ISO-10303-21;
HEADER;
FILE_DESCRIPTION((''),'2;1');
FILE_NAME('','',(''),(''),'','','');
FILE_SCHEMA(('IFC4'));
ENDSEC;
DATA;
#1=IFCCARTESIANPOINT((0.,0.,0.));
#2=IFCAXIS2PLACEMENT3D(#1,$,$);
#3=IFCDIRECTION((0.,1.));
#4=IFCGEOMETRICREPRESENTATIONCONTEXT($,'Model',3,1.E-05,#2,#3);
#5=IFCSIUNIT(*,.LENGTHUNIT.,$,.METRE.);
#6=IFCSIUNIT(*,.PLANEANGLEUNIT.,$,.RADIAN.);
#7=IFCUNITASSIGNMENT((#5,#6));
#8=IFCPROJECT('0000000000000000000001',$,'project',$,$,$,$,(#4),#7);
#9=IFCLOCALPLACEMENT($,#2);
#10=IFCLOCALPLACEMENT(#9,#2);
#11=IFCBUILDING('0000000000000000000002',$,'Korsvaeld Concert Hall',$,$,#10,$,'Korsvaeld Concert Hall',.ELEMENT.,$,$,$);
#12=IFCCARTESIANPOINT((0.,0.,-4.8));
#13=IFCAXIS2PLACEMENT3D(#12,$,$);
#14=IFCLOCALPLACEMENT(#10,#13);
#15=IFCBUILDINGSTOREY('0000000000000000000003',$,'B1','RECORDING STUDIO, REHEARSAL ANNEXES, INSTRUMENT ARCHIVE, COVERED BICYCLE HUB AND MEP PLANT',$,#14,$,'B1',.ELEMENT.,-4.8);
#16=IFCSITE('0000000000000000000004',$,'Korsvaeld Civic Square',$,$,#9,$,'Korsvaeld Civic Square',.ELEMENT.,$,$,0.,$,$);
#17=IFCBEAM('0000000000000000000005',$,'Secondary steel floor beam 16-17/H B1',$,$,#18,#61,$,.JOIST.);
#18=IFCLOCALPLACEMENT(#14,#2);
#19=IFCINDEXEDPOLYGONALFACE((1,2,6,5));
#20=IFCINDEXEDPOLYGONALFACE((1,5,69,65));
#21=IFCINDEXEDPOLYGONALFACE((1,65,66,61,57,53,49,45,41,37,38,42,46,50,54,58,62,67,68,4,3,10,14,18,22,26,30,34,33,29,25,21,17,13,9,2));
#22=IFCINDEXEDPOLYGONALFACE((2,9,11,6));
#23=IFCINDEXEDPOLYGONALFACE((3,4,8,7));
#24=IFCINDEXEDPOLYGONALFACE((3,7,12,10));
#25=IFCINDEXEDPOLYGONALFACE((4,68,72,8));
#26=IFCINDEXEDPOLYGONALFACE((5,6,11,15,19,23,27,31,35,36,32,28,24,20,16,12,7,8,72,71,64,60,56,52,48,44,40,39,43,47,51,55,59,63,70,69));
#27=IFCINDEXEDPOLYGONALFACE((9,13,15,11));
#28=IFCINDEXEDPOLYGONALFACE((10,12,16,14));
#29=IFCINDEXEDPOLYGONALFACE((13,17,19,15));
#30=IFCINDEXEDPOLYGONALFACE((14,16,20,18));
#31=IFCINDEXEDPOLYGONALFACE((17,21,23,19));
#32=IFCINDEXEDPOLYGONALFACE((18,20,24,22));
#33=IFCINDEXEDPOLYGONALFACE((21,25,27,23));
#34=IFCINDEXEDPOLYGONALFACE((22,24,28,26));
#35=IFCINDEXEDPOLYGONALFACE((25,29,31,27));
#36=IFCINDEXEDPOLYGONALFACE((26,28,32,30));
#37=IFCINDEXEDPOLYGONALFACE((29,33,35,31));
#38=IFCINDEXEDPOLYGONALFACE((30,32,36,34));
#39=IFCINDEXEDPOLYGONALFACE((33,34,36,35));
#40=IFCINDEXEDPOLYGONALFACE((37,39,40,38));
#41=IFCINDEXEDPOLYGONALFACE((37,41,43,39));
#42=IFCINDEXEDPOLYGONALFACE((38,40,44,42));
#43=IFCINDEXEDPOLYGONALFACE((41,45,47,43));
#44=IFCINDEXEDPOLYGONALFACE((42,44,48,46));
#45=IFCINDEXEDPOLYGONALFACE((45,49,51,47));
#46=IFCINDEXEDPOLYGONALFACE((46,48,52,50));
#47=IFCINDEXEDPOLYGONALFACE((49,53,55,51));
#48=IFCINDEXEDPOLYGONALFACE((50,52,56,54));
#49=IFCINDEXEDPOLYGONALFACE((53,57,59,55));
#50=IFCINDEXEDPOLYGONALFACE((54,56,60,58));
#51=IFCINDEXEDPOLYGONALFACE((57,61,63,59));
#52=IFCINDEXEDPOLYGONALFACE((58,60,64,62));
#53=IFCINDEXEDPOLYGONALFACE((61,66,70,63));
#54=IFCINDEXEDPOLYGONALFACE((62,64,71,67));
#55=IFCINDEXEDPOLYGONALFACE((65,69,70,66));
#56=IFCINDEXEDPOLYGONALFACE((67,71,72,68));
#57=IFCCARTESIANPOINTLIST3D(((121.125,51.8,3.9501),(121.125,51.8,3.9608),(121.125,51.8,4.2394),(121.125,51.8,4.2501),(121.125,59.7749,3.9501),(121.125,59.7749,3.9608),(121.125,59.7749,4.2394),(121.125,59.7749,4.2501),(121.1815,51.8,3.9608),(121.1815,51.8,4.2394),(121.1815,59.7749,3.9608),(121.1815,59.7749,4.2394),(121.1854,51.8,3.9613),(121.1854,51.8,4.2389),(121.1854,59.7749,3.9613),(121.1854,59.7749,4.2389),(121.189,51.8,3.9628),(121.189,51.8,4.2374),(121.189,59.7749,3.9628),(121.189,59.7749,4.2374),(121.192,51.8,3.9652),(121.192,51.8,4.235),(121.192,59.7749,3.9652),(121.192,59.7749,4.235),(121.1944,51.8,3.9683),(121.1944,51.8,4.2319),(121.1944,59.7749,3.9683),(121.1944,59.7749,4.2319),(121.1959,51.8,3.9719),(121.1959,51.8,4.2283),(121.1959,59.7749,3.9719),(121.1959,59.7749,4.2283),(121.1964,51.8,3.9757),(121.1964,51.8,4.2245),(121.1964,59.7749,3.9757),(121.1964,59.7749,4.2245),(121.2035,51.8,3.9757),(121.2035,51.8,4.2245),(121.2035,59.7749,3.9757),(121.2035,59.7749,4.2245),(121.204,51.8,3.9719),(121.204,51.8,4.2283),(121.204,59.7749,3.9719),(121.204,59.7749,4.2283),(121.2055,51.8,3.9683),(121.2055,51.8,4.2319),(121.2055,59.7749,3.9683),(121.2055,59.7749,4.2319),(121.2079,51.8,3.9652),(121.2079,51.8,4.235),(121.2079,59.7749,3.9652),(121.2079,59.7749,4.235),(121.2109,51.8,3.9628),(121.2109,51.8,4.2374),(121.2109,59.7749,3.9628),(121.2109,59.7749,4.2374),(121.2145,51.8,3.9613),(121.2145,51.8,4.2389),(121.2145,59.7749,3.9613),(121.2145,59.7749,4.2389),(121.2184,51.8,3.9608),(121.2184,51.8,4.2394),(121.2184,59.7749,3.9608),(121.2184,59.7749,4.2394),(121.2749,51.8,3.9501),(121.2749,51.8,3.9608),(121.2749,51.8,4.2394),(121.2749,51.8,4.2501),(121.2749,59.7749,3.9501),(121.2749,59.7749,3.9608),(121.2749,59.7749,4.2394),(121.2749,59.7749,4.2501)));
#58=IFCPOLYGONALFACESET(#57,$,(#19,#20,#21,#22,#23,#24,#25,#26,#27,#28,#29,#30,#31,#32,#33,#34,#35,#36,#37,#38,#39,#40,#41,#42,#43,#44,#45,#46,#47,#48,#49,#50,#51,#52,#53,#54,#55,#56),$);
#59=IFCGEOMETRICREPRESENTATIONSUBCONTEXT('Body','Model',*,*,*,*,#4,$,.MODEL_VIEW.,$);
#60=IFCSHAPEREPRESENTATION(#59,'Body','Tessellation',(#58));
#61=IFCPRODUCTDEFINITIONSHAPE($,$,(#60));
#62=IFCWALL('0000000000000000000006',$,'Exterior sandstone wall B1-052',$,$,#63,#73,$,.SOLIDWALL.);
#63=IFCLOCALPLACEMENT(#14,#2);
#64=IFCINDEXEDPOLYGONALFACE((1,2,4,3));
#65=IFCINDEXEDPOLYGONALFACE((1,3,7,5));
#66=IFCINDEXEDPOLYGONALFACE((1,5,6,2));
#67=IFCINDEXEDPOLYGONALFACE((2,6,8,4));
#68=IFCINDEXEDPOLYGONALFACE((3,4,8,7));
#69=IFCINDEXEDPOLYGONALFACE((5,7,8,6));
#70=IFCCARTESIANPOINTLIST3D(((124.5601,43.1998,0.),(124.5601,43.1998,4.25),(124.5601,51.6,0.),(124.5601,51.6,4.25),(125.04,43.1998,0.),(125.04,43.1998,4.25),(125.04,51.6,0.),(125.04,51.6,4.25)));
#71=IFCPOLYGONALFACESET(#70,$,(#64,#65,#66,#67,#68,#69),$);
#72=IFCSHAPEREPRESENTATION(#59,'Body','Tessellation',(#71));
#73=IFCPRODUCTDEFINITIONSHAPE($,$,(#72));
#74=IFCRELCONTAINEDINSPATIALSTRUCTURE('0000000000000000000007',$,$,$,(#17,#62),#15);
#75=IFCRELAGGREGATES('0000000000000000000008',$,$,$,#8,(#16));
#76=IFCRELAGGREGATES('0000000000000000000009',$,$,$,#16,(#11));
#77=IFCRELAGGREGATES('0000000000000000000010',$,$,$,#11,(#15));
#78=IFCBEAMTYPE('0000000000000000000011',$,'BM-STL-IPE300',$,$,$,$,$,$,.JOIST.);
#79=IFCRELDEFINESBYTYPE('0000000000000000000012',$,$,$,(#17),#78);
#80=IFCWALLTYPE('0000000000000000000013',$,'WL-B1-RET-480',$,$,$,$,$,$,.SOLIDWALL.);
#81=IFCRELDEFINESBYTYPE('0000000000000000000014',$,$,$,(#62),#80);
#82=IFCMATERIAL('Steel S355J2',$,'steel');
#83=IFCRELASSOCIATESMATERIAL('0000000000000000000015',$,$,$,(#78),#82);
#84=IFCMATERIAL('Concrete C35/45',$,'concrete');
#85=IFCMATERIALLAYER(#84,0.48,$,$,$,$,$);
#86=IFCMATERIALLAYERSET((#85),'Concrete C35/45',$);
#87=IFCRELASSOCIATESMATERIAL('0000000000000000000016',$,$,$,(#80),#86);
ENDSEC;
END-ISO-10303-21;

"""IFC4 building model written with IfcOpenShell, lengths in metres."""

from ifc_helpers import new_model, si_unit, direction, frame, frame_2d, origin, origin_2d, place, context, subcontext, project, spatial, rectangle, i_section, extrude, material, layer, layer_set, material_profile, profile_set, type_object, element, save


model = new_model("IFC4")

# Units and contexts
model_context = context("Model", 3, precision=1e-05, world=origin(), true_north=direction((0.0, 1.0)))
body_context = subcontext(model_context, "Body", "Model", "MODEL_VIEW")
ifc_project = project(units=[si_unit("LENGTHUNIT", "METRE"), si_unit("PLANEANGLEUNIT", "RADIAN")], contexts=[model_context])

# Site, building, storey
site_placement = place(None, origin())
site = spatial("IfcSite", under=ifc_project, at=site_placement, Name="Korsvaeld Civic Square", LongName="Korsvaeld Civic Square", CompositionType="ELEMENT", RefElevation=0.0)
building_placement = place(site_placement, origin())
building = spatial("IfcBuilding", under=site, at=building_placement, Name="Korsvaeld Concert Hall", LongName="Korsvaeld Concert Hall", CompositionType="ELEMENT")
storey_placement = place(building_placement, frame((0.0, 0.0, -4.8)))
storey = spatial("IfcBuildingStorey", under=building, at=storey_placement, Name="B1", Description="RECORDING STUDIO, REHEARSAL ANNEXES, INSTRUMENT ARCHIVE, COVERED BICYCLE HUB AND MEP PLANT", LongName="B1", CompositionType="ELEMENT", Elevation=-4.8)

# Shared definitions
ifc_material_1 = material(Name="Concrete C35/45", Category="concrete")

# Beam
ifc_material_2 = material(Name="Steel S355J2", Category="steel")
ifc_material_profile_1 = material_profile(ifc_material_2, i_section(OverallWidth=0.1499, OverallDepth=0.3, WebThickness=0.0071, FlangeThickness=0.0107, FilletRadius=0.0149, at=origin_2d()), Name="IPE 300")
ifc_profile_set_1 = profile_set([ifc_material_profile_1], Name="Steel S355J2")
beam_type_1 = type_object("IfcBeamType", Name="BM-STL-IPE300", PredefinedType="JOIST", material=ifc_profile_set_1)
beam_1_placement = place(storey_placement, frame((121.2, 51.8, 4.1001), z_axis=(0.0, 1.0, 0.0), x_axis=(-1.0, 0.0, 0.0)))
element("IfcBeam", 1, at=beam_1_placement, inside=storey, type_object=beam_type_1, Name="Secondary steel floor beam 16-17/H B1", PredefinedType="JOIST", context=body_context, shape_type="SweptSolid", body=[
    extrude(i_section(OverallWidth=0.1499, OverallDepth=0.3, WebThickness=0.0071, FlangeThickness=0.0107, FilletRadius=0.0149, at=origin_2d()), origin(), (0.0, 0.0, 1.0), 7.9749),
])

# Wall
ifc_layer = layer(ifc_material_1, 0.48)
ifc_layer_set = layer_set([ifc_layer], Name="Concrete C35/45")
wall_type = type_object("IfcWallType", Name="WL-B1-RET-480", PredefinedType="SOLIDWALL", material=ifc_layer_set)
wall_placement = place(storey_placement, frame((124.8, 51.6001, 0.0), z_axis=(0.0, 0.0, 1.0), x_axis=(0.0, -1.0, 0.0)))
element("IfcWall", 2, at=wall_placement, inside=storey, type_object=wall_type, Name="Exterior sandstone wall B1-052", PredefinedType="SOLIDWALL", context=body_context, shape_type="SweptSolid", body=[
    extrude(rectangle(XDim=8.4001, YDim=0.48, at=frame_2d((4.2002, 0.0))), origin(), (0.0, 0.0, 1.0), 4.25),
])

save(model, "model.ifc")
